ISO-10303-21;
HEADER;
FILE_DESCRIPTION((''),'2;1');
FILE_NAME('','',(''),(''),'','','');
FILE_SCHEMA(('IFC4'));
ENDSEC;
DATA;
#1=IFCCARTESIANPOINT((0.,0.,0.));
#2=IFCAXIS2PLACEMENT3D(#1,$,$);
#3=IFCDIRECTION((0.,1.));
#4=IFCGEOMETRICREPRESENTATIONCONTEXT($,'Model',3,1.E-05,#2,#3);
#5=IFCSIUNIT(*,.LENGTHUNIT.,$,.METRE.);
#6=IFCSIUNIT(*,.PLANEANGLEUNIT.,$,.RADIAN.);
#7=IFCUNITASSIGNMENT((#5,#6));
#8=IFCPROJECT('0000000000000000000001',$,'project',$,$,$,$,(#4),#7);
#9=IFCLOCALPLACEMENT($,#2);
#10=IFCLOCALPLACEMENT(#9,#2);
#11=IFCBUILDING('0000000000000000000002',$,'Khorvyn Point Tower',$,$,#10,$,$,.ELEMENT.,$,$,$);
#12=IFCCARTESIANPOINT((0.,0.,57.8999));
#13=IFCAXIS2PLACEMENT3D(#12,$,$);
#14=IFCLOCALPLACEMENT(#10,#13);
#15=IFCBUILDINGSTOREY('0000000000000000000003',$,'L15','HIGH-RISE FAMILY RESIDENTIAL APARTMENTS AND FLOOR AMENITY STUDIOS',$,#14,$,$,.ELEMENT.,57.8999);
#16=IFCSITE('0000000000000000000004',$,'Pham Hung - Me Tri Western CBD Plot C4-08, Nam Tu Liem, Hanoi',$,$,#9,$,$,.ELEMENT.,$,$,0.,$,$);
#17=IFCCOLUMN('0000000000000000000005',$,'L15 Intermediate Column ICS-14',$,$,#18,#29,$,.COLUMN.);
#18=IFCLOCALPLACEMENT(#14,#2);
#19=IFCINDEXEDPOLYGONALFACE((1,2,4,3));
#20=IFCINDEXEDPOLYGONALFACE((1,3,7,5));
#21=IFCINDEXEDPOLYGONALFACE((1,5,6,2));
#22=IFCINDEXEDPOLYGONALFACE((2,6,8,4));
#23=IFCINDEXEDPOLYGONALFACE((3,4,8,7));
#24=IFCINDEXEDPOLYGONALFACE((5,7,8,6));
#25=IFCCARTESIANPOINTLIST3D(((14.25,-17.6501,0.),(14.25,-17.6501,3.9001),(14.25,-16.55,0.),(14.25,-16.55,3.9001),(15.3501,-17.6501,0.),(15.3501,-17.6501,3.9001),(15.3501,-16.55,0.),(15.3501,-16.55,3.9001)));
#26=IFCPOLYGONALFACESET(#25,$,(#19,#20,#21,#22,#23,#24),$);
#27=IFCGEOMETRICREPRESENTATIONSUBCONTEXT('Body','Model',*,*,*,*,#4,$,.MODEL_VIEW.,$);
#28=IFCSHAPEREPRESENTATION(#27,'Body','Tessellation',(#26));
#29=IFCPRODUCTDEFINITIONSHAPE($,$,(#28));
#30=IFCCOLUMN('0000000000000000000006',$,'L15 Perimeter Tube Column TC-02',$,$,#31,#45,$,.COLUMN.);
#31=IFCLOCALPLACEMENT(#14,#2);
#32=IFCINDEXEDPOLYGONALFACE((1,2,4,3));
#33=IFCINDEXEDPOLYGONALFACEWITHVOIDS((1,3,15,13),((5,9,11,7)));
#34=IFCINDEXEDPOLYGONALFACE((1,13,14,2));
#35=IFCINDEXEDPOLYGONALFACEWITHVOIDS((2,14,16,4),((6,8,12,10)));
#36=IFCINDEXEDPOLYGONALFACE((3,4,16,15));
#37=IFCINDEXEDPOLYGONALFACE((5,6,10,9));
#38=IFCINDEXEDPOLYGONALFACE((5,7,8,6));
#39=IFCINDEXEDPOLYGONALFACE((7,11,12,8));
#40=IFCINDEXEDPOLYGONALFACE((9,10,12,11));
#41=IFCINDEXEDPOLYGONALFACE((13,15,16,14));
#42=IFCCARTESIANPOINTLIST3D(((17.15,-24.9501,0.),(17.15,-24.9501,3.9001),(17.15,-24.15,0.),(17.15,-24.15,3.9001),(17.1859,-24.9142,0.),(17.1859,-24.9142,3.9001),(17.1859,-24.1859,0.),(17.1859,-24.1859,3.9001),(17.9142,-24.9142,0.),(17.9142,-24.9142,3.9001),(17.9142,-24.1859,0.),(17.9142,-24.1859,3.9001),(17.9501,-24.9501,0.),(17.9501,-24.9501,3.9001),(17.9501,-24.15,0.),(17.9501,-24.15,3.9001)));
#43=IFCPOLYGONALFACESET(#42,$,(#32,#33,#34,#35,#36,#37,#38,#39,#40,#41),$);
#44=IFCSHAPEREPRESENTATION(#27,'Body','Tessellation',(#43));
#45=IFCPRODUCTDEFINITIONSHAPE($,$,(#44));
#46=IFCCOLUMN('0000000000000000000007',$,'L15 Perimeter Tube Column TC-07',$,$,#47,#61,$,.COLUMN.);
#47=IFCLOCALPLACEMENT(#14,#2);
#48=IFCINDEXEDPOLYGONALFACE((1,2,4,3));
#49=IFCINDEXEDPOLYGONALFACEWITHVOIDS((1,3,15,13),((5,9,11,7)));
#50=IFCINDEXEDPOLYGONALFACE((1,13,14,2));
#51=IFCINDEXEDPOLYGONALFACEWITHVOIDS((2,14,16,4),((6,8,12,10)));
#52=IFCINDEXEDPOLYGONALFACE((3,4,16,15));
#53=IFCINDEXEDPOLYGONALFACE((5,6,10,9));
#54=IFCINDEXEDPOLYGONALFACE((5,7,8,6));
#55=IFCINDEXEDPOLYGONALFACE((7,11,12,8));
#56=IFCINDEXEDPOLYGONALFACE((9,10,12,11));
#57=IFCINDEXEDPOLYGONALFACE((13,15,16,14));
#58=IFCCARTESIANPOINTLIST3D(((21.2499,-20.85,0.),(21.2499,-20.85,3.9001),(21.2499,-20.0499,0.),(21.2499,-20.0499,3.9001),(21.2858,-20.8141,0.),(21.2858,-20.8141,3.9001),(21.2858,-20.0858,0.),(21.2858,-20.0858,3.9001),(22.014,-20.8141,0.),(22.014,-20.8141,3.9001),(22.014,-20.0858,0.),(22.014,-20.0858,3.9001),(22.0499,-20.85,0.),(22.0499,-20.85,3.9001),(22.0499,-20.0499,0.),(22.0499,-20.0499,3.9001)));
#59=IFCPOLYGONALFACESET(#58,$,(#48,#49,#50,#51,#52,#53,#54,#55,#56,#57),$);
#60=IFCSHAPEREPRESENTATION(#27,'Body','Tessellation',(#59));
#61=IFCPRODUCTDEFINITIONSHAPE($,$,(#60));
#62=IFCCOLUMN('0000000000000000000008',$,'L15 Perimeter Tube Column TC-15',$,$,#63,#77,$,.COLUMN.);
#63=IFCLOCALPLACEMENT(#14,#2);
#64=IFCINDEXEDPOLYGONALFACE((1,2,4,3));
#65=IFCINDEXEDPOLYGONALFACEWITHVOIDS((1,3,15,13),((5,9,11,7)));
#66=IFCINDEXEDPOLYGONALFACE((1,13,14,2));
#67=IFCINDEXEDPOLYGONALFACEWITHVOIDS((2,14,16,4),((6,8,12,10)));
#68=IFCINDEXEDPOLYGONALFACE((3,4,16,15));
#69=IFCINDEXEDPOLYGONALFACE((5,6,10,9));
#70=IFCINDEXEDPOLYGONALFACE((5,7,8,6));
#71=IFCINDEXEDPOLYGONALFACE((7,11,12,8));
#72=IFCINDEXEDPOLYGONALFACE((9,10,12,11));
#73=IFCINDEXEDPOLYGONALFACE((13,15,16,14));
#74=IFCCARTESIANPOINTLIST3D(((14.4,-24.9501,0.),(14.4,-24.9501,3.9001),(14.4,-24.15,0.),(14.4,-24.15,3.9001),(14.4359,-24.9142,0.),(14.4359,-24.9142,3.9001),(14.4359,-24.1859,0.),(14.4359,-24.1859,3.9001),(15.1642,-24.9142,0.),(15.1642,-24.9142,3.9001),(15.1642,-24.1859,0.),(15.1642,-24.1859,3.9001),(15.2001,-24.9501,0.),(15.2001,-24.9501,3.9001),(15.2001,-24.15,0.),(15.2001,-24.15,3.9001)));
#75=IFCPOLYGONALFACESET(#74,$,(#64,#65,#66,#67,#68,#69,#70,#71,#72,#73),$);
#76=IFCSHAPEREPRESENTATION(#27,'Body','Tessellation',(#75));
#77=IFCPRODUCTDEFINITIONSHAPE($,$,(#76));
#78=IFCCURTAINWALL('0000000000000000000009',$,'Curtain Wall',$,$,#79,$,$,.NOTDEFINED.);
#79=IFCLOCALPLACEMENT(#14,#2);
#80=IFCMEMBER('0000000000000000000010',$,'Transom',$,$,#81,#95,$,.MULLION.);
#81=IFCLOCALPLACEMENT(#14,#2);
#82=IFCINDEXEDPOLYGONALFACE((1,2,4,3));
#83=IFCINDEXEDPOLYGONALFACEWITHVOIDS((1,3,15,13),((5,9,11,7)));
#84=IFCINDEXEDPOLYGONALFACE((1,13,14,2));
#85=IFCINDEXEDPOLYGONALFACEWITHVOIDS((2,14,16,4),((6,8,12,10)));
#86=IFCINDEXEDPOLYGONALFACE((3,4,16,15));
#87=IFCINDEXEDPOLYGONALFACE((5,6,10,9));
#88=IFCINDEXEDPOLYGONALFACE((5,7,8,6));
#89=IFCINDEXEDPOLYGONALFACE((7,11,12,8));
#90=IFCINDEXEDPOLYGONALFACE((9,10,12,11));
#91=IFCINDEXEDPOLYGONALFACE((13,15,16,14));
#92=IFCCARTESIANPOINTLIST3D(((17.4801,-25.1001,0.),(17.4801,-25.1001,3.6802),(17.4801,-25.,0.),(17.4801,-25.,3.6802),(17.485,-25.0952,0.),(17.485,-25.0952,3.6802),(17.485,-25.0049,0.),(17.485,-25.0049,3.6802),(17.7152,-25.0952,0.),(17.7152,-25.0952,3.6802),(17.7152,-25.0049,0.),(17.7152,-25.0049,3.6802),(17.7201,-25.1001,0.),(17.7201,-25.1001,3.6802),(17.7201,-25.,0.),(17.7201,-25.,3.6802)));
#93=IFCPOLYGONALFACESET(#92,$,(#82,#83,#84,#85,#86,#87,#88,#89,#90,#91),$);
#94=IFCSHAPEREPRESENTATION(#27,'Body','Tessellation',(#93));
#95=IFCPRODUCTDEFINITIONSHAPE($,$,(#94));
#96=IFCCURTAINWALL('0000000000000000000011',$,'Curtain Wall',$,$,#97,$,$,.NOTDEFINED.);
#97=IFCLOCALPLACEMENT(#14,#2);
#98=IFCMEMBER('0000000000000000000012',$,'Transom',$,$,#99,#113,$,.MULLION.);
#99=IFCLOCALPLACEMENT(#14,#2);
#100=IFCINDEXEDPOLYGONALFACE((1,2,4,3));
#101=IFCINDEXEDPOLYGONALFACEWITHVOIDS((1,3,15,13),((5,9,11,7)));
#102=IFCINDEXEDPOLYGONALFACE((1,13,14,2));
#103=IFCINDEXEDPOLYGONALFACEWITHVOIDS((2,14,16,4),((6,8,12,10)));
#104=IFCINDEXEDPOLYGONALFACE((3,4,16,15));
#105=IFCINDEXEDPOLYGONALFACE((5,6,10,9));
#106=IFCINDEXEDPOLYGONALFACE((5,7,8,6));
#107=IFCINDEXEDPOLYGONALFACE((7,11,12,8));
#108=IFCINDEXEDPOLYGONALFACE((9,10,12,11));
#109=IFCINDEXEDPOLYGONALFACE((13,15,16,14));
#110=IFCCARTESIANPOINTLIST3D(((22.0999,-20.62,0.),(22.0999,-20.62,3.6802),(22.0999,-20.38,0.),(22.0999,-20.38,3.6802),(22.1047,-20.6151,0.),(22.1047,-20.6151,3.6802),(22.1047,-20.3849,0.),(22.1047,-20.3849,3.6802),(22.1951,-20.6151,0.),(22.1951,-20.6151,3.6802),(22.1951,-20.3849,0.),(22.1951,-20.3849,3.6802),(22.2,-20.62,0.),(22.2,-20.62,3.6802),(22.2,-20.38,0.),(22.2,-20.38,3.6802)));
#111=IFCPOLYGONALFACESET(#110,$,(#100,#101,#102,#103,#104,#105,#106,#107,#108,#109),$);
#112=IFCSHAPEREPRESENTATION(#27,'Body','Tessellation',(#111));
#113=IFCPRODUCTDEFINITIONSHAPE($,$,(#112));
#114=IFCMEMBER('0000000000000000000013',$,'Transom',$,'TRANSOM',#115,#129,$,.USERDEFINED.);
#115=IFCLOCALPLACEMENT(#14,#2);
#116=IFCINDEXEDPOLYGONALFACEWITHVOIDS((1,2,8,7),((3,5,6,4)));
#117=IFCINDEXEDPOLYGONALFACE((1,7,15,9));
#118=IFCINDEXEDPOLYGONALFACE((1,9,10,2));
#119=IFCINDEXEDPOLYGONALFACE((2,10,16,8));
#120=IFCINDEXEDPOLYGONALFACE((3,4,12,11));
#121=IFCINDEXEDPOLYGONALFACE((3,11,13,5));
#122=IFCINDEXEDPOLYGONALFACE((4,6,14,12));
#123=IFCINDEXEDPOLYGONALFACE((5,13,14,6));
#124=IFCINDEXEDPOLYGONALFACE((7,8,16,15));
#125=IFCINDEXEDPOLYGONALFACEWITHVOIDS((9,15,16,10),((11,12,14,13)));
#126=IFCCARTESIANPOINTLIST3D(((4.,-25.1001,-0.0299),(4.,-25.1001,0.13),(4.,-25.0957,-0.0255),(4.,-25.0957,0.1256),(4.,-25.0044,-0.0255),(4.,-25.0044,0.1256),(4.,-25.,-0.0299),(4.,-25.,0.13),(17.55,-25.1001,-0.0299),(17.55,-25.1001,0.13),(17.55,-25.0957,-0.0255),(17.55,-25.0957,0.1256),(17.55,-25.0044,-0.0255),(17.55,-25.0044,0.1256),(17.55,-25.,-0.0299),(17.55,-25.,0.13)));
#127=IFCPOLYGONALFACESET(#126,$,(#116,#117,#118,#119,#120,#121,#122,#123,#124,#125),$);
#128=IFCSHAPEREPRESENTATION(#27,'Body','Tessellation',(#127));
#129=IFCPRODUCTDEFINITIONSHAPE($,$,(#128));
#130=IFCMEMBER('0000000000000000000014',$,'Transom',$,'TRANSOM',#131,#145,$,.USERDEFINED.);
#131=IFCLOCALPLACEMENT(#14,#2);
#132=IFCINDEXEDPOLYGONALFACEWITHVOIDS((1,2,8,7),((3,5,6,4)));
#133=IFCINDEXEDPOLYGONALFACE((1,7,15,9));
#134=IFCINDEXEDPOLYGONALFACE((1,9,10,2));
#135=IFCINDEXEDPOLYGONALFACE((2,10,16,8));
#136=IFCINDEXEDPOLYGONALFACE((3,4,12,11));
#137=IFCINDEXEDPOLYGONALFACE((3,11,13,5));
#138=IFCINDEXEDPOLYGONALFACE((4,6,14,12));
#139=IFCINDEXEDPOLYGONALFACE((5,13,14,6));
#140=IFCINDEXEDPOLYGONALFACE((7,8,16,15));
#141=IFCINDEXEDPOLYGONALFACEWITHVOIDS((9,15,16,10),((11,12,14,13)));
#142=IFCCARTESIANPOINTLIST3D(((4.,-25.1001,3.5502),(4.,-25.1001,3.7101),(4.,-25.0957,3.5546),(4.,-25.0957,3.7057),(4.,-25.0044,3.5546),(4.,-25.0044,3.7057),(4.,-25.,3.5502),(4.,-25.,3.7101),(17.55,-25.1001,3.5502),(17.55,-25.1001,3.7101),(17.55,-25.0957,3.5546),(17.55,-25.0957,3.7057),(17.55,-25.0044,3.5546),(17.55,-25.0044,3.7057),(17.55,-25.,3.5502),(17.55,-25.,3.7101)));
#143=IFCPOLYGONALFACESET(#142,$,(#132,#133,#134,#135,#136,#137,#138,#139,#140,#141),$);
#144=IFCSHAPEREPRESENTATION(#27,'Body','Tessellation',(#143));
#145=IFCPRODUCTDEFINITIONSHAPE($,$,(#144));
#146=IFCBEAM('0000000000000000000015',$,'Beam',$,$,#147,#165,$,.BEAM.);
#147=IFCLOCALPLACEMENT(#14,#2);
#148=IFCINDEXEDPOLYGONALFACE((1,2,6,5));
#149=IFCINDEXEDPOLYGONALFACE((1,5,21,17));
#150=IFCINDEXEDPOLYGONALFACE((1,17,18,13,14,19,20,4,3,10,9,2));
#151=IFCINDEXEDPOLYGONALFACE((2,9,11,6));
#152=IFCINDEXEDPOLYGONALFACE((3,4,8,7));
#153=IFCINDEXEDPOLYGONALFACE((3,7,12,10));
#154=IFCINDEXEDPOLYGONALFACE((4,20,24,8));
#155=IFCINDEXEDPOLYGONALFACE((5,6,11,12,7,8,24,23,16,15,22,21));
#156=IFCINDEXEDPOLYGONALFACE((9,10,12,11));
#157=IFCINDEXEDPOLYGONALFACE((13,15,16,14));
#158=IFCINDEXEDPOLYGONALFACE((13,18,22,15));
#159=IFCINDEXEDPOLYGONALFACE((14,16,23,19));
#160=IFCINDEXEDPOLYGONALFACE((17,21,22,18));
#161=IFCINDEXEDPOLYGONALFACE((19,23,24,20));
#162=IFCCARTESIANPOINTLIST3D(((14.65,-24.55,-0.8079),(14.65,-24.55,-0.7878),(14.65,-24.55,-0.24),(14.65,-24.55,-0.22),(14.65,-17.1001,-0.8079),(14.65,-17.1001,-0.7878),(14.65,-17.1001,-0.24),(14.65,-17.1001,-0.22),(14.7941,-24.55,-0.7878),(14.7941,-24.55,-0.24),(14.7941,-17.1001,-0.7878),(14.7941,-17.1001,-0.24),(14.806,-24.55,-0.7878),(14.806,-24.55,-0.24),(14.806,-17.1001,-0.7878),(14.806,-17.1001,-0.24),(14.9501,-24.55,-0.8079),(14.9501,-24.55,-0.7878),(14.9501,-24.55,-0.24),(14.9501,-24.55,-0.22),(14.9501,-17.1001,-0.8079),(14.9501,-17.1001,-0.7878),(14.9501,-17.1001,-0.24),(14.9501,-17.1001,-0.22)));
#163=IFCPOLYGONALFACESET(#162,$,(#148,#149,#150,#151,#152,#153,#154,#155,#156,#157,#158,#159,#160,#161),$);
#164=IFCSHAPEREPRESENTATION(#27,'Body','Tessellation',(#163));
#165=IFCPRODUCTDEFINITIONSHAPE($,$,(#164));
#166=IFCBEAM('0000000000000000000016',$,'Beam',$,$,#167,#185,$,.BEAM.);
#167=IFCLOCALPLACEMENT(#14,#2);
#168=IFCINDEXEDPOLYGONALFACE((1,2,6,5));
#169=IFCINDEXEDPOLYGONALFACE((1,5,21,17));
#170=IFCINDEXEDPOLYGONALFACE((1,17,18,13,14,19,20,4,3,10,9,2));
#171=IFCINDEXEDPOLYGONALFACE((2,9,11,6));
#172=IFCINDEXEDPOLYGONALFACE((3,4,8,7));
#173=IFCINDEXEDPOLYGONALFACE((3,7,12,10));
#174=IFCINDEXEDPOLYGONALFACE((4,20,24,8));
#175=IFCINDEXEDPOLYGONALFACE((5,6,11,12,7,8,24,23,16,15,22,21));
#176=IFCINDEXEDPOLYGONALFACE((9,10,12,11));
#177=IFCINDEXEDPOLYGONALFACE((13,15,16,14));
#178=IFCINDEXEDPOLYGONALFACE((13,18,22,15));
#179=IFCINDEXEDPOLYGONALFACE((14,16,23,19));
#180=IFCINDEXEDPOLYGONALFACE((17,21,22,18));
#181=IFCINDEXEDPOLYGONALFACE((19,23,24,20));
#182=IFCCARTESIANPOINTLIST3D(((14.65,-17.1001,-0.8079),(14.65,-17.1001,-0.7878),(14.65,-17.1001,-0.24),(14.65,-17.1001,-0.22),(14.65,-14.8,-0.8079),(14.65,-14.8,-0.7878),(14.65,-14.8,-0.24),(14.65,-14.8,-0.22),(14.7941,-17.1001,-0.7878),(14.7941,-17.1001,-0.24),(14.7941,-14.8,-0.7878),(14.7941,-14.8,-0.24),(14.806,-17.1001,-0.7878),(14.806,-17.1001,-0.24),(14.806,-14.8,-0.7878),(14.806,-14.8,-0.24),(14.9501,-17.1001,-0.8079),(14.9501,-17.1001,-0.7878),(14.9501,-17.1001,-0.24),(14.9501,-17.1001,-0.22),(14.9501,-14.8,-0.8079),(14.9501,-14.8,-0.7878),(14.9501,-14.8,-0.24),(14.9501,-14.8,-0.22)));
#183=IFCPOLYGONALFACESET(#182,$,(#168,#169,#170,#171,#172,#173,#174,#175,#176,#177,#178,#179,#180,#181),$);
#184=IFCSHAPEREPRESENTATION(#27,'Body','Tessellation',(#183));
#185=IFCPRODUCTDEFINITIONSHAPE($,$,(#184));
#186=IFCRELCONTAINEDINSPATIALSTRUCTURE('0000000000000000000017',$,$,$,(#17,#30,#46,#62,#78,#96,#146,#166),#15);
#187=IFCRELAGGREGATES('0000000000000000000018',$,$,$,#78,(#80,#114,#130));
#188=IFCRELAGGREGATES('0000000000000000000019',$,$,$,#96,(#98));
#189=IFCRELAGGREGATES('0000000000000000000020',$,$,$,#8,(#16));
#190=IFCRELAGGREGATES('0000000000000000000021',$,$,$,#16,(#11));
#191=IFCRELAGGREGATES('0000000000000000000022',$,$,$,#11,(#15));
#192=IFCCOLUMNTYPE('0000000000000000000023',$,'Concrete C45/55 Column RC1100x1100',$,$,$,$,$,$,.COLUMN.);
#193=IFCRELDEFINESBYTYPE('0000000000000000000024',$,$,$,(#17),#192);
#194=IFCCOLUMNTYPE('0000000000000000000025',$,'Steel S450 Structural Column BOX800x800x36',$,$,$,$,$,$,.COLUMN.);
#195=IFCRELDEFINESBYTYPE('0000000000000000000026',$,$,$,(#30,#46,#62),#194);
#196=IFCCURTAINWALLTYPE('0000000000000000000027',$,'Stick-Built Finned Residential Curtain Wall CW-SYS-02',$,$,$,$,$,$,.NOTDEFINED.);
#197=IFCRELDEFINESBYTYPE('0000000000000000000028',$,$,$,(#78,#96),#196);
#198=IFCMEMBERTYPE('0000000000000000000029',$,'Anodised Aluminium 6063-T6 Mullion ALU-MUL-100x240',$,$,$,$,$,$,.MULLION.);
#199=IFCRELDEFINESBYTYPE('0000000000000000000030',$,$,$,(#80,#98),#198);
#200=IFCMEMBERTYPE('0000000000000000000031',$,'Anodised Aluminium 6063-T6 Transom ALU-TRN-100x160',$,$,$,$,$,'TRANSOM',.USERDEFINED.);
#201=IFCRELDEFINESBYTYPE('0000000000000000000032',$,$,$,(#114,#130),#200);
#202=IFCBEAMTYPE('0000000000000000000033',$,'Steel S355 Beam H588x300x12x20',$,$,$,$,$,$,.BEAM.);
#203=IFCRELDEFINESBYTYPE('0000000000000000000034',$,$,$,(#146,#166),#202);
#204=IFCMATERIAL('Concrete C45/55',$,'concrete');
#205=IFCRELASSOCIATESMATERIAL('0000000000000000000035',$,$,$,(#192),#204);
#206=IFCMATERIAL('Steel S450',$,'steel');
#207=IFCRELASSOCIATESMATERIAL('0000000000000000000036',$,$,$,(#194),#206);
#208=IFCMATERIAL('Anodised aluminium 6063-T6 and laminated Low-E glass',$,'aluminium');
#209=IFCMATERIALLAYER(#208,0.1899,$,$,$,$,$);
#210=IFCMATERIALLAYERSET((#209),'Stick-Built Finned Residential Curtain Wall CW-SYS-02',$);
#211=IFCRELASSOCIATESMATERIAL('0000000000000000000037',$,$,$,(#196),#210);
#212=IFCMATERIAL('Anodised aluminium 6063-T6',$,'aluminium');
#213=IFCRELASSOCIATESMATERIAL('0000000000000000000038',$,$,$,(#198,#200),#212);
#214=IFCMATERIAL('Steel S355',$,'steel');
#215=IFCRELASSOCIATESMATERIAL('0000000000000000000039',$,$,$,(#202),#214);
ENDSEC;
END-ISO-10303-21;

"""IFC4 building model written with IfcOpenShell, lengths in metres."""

from ifc_helpers import new_model, si_unit, direction, frame, origin, origin_2d, place, context, subcontext, project, spatial, rectangle, hollow_rectangle, i_section, extrude, material, layer, layer_set, material_profile, profile_set, type_object, element, aggregate, save


model = new_model("IFC4")

# Units and contexts
model_context = context("Model", 3, precision=1e-05, world=origin(), true_north=direction((0.0, 1.0)))
body_context = subcontext(model_context, "Body", "Model", "MODEL_VIEW")
ifc_project = project(units=[si_unit("LENGTHUNIT", "METRE"), si_unit("PLANEANGLEUNIT", "RADIAN")], contexts=[model_context])

# Site, building, storey
site_placement = place(None, origin())
site = spatial("IfcSite", under=ifc_project, at=site_placement, Name="Pham Hung - Me Tri Western CBD Plot C4-08, Nam Tu Liem, Hanoi", CompositionType="ELEMENT", RefElevation=0.0)
building_placement = place(site_placement, origin())
building = spatial("IfcBuilding", under=site, at=building_placement, Name="Khorvyn Point Tower", CompositionType="ELEMENT")
storey_placement = place(building_placement, frame((0.0, 0.0, 57.8999)))
storey = spatial("IfcBuildingStorey", under=building, at=storey_placement, Name="L15", Description="HIGH-RISE FAMILY RESIDENTIAL APARTMENTS AND FLOOR AMENITY STUDIOS", CompositionType="ELEMENT", Elevation=57.8999)

# Columns
ifc_material_1 = material(Name="Concrete C45/55", Category="concrete")
ifc_material_profile_1 = material_profile(ifc_material_1, rectangle(XDim=1.1001, YDim=1.1001, at=origin_2d()))
ifc_profile_set_1 = profile_set([ifc_material_profile_1], Name="Concrete C45/55 RC1100x1100")
column_type_1 = type_object("IfcColumnType", Name="Concrete C45/55 Column RC1100x1100", PredefinedType="COLUMN", material=ifc_profile_set_1)
column_placement = place(storey_placement, frame((14.8, -17.1001, 0.0), z_axis=(0.0, 0.0, 1.0), x_axis=(1.0, 0.0, 0.0)))
element("IfcColumn", 1, at=column_placement, inside=storey, type_object=column_type_1, Name="L15 Intermediate Column ICS-14", PredefinedType="COLUMN", context=body_context, shape_type="SweptSolid", body=[
    extrude(rectangle(XDim=1.1001, YDim=1.1001, at=origin_2d()), origin(), (0.0, 0.0, 1.0), 3.9001),
])
ifc_material_2 = material(Name="Steel S450", Category="steel")
ifc_material_profile_2 = material_profile(ifc_material_2, hollow_rectangle(XDim=0.8, YDim=0.8, WallThickness=0.0359, at=origin_2d()))
ifc_profile_set_2 = profile_set([ifc_material_profile_2], Name="Steel S450 BOX800x800x36")
column_type_2 = type_object("IfcColumnType", Name="Steel S450 Structural Column BOX800x800x36", PredefinedType="COLUMN", material=ifc_profile_set_2)
for number, where, z_axis, x_axis, name in (
    (2, (17.55, -24.55, 0.0), (0.0, 0.0, 1.0), (1.0, 0.0, 0.0), "L15 Perimeter Tube Column TC-02"),
    (3, (21.6499, -20.45, 0.0), (0.0, 0.0, 1.0), (1.0, 0.0, 0.0), "L15 Perimeter Tube Column TC-07"),
    (4, (14.8, -24.55, 0.0), (0.0, 0.0, 1.0), (1.0, 0.0, 0.0), "L15 Perimeter Tube Column TC-15"),
):
    element("IfcColumn", number, at=place(storey_placement, frame(where, z_axis=z_axis, x_axis=x_axis)), inside=storey, type_object=column_type_2, Name=name, PredefinedType="COLUMN", context=body_context, shape_type="SweptSolid", body=[
        extrude(hollow_rectangle(XDim=0.8, YDim=0.8, WallThickness=0.0359, at=origin_2d()), origin(), (0.0, 0.0, 1.0), 3.9001),
    ])

# Curtain walls, members
ifc_material_3 = material(Name="Anodised aluminium 6063-T6 and laminated Low-E glass", Category="aluminium")
ifc_layer_1 = layer(ifc_material_3, 0.1899)
ifc_layer_set_1 = layer_set([ifc_layer_1], Name="Stick-Built Finned Residential Curtain Wall CW-SYS-02")
curtain_wall_type = type_object("IfcCurtainWallType", Name="Stick-Built Finned Residential Curtain Wall CW-SYS-02", PredefinedType="NOTDEFINED", material=ifc_layer_set_1)
curtain_wall_1_placement = place(storey_placement, origin())
curtain_wall_1 = element("IfcCurtainWall", 5, at=curtain_wall_1_placement, inside=storey, type_object=curtain_wall_type, Name="Curtain Wall", PredefinedType="NOTDEFINED")
ifc_material_4 = material(Name="Anodised aluminium 6063-T6", Category="aluminium")
ifc_material_profile_3 = material_profile(ifc_material_4, hollow_rectangle(XDim=0.1001, YDim=0.24, WallThickness=0.0049, at=origin_2d()))
ifc_profile_set_3 = profile_set([ifc_material_profile_3], Name="Anodised aluminium 6063-T6 ALU-MUL-100x240")
member_type_1 = type_object("IfcMemberType", Name="Anodised Aluminium 6063-T6 Mullion ALU-MUL-100x240", PredefinedType="MULLION", material=ifc_profile_set_3)
member_1_placement = place(storey_placement, frame((17.6001, -25.05, 0.0), z_axis=(0.0, 0.0, 1.0), x_axis=(0.0, -1.0, 0.0)))
member_1 = element("IfcMember", 6, at=member_1_placement, type_object=member_type_1, Name="Transom", PredefinedType="MULLION", context=body_context, shape_type="SweptSolid", body=[
    extrude(hollow_rectangle(XDim=0.1001, YDim=0.24, WallThickness=0.0049, at=origin_2d()), origin(), (0.0, 0.0, 1.0), 3.6802),
])
curtain_wall_2_placement = place(storey_placement, origin())
curtain_wall_2 = element("IfcCurtainWall", 7, at=curtain_wall_2_placement, inside=storey, type_object=curtain_wall_type, Name="Curtain Wall", PredefinedType="NOTDEFINED")
member_2_placement = place(storey_placement, frame((22.1499, -20.5, 0.0), z_axis=(0.0, 0.0, 1.0), x_axis=(1.0, 0.0, 0.0)))
member_2 = element("IfcMember", 8, at=member_2_placement, type_object=member_type_1, Name="Transom", PredefinedType="MULLION", context=body_context, shape_type="SweptSolid", body=[
    extrude(hollow_rectangle(XDim=0.1001, YDim=0.24, WallThickness=0.0049, at=origin_2d()), origin(), (0.0, 0.0, 1.0), 3.6802),
])

# Members
ifc_material_profile_4 = material_profile(ifc_material_4, hollow_rectangle(XDim=0.1001, YDim=0.1599, WallThickness=0.0044, at=origin_2d()))
ifc_profile_set_4 = profile_set([ifc_material_profile_4], Name="Anodised aluminium 6063-T6 ALU-TRN-100x160")
member_type_2 = type_object("IfcMemberType", Name="Anodised Aluminium 6063-T6 Transom ALU-TRN-100x160", ElementType="TRANSOM", PredefinedType="USERDEFINED", material=ifc_profile_set_4)
member_3_placement = place(storey_placement, frame((17.55, -25.05, 0.05), z_axis=(-1.0, 0.0, 0.0), x_axis=(0.0, -1.0, 0.0)))
member_3 = element("IfcMember", 9, at=member_3_placement, type_object=member_type_2, Name="Transom", ObjectType="TRANSOM", PredefinedType="USERDEFINED", context=body_context, shape_type="SweptSolid", body=[
    extrude(hollow_rectangle(XDim=0.1001, YDim=0.1599, WallThickness=0.0044, at=origin_2d()), origin(), (0.0, 0.0, 1.0), 13.55),
])
member_4_placement = place(storey_placement, frame((17.55, -25.05, 3.6301), z_axis=(-1.0, 0.0, 0.0), x_axis=(0.0, -1.0, 0.0)))
member_4 = element("IfcMember", 10, at=member_4_placement, type_object=member_type_2, Name="Transom", ObjectType="TRANSOM", PredefinedType="USERDEFINED", context=body_context, shape_type="SweptSolid", body=[
    extrude(hollow_rectangle(XDim=0.1001, YDim=0.1599, WallThickness=0.0044, at=origin_2d()), origin(), (0.0, 0.0, 1.0), 13.55),
])

# Beams
ifc_material_5 = material(Name="Steel S355", Category="steel")
ifc_material_profile_5 = material_profile(ifc_material_5, i_section(OverallWidth=0.3, OverallDepth=0.5879, WebThickness=0.012, FlangeThickness=0.02, at=origin_2d()))
ifc_profile_set_5 = profile_set([ifc_material_profile_5], Name="Steel S355 H588x300x12x20")
beam_type_1 = type_object("IfcBeamType", Name="Steel S355 Beam H588x300x12x20", PredefinedType="BEAM", material=ifc_profile_set_5)
beam_1_placement = place(storey_placement, frame((14.8, -24.55, -0.5139), z_axis=(0.0, 1.0, 0.0), x_axis=(-1.0, 0.0, 0.0)))
element("IfcBeam", 11, at=beam_1_placement, inside=storey, type_object=beam_type_1, Name="Beam", PredefinedType="BEAM", context=body_context, shape_type="SweptSolid", body=[
    extrude(i_section(OverallWidth=0.3, OverallDepth=0.5879, WebThickness=0.012, FlangeThickness=0.02, at=origin_2d()), origin(), (0.0, 0.0, 1.0), 7.45),
])
beam_2_placement = place(storey_placement, frame((14.8, -17.1001, -0.5139), z_axis=(0.0, 1.0, 0.0), x_axis=(-1.0, 0.0, 0.0)))
element("IfcBeam", 12, at=beam_2_placement, inside=storey, type_object=beam_type_1, Name="Beam", PredefinedType="BEAM", context=body_context, shape_type="SweptSolid", body=[
    extrude(i_section(OverallWidth=0.3, OverallDepth=0.5879, WebThickness=0.012, FlangeThickness=0.02, at=origin_2d()), origin(), (0.0, 0.0, 1.0), 2.3),
])

aggregate(curtain_wall_1, [member_1, member_3, member_4])
aggregate(curtain_wall_2, [member_2])

save(model, "model.ifc")
